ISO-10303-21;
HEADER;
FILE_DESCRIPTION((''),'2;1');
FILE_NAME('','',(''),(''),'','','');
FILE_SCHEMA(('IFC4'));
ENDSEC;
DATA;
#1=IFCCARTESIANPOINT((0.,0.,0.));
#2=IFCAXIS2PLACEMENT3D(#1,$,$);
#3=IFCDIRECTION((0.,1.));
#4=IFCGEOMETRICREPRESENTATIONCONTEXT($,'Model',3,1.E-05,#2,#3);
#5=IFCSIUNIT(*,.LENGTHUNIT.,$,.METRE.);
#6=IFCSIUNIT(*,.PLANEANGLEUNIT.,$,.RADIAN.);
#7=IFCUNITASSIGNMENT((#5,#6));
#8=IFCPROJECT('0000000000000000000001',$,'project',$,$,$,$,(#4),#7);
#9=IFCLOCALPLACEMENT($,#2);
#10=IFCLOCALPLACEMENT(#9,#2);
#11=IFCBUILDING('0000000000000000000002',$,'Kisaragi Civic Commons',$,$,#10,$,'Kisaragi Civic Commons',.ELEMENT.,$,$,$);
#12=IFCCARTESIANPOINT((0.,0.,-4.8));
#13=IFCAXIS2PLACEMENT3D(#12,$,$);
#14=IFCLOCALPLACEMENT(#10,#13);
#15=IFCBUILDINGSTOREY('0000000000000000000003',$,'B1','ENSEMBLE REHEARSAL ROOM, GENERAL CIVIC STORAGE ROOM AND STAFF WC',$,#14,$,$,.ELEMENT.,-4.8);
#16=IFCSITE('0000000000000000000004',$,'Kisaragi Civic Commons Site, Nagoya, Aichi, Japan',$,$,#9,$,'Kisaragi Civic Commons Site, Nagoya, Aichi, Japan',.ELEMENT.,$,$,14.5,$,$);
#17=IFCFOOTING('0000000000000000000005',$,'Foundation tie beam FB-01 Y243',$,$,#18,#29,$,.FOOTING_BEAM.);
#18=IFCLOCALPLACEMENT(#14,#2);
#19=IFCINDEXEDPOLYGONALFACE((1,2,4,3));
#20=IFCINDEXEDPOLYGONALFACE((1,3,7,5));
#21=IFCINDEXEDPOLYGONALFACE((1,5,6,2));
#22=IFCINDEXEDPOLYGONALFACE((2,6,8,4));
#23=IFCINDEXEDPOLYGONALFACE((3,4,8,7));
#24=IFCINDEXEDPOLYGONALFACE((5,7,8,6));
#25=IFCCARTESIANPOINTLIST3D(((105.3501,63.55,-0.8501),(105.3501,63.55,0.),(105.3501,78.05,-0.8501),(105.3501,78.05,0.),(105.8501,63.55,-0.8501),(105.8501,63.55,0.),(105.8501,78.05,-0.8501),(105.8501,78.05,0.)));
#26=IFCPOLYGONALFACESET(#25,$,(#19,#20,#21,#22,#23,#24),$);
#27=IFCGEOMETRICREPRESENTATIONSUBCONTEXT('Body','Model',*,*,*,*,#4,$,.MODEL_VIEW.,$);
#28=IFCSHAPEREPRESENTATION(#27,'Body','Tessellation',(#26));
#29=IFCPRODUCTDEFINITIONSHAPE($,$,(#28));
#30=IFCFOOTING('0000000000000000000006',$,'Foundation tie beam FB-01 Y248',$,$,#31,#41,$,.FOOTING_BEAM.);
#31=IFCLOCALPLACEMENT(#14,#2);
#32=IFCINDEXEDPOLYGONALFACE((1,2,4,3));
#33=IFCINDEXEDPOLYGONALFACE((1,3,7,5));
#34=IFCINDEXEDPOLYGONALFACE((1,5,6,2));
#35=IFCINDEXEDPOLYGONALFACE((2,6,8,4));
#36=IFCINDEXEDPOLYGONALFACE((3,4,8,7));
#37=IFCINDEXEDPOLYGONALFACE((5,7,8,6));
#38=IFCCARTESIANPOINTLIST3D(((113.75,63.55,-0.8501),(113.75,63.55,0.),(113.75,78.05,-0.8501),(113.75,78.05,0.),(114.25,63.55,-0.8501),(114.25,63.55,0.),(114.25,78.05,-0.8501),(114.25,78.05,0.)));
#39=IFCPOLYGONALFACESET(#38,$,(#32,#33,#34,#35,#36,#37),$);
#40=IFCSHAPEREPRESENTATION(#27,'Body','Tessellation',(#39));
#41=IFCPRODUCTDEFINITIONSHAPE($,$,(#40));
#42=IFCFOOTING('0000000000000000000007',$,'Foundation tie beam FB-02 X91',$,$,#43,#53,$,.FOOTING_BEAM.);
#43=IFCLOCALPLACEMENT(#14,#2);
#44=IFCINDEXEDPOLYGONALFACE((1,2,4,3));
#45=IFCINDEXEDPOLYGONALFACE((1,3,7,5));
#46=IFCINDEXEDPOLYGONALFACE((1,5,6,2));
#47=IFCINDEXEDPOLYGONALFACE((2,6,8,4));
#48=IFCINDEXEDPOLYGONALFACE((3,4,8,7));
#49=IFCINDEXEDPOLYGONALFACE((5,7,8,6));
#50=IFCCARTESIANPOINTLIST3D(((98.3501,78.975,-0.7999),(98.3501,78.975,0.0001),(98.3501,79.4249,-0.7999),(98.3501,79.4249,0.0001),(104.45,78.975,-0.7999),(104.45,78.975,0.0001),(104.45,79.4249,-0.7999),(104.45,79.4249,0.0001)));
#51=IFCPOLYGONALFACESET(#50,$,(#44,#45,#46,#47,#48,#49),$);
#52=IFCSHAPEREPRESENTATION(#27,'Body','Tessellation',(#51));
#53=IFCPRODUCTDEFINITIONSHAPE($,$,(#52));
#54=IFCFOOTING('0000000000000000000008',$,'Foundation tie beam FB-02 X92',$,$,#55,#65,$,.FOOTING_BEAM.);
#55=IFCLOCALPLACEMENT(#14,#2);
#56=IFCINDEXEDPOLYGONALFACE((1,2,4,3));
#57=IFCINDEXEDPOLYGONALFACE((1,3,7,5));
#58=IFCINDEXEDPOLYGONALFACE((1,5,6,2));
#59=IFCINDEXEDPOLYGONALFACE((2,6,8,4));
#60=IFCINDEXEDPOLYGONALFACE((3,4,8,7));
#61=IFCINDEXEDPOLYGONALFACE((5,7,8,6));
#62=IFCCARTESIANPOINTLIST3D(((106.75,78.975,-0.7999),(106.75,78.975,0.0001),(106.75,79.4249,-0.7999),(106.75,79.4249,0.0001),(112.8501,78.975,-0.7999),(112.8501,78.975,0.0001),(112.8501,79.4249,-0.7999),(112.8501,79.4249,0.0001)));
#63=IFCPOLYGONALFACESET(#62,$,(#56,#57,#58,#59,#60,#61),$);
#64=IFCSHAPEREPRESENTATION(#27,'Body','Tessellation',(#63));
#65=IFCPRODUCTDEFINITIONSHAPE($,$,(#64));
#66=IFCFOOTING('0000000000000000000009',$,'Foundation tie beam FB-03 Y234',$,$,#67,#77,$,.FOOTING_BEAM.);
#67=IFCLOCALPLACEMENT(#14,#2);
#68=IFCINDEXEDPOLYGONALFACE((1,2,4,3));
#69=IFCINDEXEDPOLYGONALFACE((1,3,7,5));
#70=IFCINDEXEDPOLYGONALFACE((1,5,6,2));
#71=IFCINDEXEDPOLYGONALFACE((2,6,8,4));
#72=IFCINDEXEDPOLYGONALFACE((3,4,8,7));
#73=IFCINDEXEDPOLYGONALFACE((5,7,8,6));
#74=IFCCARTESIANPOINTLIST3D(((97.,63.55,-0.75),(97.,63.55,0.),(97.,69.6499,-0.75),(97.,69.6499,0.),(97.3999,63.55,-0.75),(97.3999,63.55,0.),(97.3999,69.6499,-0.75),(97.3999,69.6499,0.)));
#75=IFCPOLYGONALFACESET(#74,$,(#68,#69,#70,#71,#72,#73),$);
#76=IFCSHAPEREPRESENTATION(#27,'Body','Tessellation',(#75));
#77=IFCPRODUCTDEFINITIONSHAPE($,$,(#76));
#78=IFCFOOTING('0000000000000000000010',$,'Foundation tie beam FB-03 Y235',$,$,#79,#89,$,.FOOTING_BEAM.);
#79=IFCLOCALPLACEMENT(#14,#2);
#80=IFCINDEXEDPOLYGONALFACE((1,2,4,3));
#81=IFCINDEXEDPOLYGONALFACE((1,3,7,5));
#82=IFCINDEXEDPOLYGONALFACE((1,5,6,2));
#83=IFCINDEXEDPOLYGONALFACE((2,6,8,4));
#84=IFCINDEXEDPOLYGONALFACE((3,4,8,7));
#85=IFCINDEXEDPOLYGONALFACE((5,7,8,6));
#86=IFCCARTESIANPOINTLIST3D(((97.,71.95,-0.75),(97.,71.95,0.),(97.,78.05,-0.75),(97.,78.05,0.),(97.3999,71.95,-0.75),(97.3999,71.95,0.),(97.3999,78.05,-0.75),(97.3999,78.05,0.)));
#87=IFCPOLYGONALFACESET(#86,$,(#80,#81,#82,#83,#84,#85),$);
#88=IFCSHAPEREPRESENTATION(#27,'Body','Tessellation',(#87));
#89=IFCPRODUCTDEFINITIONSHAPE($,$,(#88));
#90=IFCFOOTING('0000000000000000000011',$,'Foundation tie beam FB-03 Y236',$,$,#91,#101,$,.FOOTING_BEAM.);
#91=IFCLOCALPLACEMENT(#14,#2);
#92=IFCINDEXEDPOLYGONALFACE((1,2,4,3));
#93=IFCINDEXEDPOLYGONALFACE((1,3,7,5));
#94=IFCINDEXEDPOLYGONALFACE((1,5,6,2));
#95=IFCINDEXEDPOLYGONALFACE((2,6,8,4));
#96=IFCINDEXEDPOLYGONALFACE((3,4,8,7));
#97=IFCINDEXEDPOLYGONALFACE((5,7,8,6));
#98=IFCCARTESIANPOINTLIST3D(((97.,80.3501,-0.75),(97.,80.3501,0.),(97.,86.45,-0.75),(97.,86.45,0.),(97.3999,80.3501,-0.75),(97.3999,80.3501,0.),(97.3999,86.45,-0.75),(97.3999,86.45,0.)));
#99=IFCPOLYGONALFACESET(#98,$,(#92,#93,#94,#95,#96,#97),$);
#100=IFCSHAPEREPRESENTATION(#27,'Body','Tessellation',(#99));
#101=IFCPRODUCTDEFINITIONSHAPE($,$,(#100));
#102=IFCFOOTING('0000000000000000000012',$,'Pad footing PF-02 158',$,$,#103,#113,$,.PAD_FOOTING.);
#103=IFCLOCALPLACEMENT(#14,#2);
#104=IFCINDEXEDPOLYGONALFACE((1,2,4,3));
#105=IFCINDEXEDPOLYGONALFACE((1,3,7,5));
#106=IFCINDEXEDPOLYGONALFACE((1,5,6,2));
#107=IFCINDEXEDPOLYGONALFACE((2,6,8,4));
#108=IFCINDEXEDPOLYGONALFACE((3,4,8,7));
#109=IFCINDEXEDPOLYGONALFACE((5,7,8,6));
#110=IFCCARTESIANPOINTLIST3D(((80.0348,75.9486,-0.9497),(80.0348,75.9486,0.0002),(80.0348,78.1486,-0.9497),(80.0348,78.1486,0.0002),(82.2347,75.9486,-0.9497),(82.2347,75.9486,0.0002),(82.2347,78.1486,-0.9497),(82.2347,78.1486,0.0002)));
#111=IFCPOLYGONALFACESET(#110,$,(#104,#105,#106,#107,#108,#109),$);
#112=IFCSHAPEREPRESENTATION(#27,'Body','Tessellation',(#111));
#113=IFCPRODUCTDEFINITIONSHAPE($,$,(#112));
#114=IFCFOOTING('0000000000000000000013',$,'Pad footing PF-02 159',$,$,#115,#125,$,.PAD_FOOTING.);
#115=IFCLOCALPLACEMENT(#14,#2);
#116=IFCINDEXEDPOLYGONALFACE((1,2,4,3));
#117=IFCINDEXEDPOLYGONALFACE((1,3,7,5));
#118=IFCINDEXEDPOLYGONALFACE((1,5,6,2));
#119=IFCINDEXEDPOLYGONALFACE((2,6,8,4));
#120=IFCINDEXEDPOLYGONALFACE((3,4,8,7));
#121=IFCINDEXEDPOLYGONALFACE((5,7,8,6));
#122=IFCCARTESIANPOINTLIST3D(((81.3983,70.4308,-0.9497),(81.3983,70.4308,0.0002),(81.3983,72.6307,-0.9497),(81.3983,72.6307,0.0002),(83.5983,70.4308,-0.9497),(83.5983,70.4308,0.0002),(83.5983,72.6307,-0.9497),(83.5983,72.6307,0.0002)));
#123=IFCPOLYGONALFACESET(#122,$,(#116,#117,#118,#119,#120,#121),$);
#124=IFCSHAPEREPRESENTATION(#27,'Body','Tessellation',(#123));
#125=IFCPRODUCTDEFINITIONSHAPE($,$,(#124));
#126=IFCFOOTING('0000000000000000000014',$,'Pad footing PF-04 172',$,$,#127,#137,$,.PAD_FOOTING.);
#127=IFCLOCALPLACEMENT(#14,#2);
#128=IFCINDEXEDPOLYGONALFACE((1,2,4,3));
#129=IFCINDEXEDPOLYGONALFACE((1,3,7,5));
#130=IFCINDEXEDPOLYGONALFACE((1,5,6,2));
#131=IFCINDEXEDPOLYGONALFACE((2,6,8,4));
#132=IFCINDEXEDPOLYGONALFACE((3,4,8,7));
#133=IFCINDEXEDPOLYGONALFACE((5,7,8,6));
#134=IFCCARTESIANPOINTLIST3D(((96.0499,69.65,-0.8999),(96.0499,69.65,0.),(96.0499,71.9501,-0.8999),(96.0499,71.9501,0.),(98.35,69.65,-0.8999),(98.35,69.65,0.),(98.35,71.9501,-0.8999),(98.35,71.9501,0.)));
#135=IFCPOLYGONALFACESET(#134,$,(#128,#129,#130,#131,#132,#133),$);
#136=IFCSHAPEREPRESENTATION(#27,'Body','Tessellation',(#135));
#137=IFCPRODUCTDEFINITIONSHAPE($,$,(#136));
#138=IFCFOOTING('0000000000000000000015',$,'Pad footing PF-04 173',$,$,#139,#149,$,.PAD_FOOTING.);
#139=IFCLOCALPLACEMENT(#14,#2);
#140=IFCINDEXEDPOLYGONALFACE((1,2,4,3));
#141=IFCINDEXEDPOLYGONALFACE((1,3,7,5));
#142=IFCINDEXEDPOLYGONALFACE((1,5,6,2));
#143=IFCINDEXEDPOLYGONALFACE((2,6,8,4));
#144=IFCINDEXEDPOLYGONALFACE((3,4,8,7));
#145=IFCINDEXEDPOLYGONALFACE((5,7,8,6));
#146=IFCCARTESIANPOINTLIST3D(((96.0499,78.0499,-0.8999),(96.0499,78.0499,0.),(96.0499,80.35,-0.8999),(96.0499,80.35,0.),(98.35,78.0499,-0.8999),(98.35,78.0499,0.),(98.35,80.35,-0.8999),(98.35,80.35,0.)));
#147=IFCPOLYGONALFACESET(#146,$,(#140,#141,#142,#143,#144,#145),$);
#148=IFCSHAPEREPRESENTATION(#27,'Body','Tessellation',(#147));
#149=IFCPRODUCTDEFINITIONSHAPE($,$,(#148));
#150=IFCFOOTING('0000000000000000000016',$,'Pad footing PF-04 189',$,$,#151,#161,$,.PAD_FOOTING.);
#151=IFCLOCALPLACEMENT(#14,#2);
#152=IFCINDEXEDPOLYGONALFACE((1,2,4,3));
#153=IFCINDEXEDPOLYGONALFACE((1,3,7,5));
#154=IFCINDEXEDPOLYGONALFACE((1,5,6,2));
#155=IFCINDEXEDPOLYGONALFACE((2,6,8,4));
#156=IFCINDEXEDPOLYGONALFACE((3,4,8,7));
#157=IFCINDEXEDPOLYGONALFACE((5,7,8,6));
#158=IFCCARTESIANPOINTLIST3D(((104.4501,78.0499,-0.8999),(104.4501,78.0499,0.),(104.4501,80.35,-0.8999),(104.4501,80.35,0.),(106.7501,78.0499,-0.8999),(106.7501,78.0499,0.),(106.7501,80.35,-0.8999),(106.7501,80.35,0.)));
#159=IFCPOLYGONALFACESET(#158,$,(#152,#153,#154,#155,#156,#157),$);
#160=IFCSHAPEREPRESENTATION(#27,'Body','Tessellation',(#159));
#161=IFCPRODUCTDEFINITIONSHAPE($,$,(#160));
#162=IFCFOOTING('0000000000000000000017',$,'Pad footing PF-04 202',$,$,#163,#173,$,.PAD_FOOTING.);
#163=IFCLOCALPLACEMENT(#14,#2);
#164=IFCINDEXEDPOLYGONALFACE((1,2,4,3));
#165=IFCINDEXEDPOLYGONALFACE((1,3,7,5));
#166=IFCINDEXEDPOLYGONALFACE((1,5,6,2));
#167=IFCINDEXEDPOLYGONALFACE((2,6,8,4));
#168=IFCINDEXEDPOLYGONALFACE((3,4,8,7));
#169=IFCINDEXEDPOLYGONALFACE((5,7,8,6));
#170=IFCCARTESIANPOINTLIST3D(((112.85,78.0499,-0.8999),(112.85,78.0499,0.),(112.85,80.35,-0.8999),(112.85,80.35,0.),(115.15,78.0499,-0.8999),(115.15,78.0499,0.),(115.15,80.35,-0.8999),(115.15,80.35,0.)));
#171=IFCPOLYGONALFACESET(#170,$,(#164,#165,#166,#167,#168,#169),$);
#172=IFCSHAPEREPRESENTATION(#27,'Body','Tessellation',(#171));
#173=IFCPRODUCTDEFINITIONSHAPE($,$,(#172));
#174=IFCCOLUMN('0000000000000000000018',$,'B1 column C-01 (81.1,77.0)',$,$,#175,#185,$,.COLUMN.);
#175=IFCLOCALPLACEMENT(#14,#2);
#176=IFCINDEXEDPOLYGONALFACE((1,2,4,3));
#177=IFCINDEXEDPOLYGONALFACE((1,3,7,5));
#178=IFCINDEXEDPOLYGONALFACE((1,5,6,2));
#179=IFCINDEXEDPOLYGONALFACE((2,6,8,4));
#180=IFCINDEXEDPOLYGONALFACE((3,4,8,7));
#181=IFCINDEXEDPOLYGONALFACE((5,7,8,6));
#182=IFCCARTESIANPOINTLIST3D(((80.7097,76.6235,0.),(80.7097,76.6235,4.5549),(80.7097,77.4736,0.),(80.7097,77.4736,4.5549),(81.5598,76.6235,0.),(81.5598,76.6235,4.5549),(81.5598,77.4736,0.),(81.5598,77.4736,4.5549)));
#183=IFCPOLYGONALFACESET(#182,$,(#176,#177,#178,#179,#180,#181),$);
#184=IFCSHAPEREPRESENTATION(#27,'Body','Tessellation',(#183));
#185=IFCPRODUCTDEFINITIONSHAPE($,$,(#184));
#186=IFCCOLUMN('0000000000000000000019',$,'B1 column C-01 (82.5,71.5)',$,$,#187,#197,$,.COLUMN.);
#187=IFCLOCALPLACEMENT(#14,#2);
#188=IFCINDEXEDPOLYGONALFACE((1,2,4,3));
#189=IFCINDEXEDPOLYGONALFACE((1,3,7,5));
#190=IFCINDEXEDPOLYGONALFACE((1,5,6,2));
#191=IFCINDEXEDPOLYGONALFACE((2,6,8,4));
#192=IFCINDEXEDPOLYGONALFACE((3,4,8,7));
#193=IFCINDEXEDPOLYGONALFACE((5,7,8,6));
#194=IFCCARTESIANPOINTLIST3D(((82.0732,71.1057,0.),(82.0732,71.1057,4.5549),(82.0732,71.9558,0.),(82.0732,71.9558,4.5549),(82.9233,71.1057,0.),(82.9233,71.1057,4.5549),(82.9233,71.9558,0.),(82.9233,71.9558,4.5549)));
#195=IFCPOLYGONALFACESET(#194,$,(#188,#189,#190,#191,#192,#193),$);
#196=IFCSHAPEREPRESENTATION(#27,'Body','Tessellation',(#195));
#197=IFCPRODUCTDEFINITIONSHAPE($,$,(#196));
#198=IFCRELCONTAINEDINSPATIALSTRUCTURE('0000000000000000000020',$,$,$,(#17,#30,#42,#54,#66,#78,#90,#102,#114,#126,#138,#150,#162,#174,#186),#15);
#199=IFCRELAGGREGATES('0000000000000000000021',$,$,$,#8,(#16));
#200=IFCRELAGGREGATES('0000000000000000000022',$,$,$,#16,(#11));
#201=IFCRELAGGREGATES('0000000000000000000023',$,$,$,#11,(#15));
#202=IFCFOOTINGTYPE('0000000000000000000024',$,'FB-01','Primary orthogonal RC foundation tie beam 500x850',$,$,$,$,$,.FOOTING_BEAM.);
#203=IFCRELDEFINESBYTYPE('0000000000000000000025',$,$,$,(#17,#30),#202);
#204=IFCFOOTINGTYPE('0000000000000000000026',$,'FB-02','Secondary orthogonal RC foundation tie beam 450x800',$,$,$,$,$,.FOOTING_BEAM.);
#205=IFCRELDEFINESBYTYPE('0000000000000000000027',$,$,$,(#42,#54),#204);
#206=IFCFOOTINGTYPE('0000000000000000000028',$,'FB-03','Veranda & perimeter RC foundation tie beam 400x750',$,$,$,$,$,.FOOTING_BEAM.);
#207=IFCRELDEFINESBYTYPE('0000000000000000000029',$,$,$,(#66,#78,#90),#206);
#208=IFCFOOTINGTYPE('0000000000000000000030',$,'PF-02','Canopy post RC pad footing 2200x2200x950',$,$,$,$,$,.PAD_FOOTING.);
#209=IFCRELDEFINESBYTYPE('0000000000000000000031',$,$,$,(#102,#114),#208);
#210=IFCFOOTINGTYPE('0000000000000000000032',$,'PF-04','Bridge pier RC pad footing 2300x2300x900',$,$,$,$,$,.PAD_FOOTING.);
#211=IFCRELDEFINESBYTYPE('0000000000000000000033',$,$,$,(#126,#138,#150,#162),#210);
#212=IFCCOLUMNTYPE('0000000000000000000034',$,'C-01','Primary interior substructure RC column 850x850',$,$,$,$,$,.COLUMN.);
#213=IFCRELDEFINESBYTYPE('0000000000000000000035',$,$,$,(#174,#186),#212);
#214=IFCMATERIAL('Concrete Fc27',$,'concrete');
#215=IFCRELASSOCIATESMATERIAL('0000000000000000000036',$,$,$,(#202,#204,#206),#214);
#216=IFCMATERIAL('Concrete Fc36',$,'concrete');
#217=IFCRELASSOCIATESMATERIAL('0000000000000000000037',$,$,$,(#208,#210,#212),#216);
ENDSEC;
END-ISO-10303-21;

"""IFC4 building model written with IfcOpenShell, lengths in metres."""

from ifc_helpers import new_model, si_unit, direction, frame, origin, origin_2d, place, context, subcontext, project, spatial, rectangle, extrude, material, material_profile, profile_set, type_object, element, save


model = new_model("IFC4")

# Units and contexts
model_context = context("Model", 3, precision=1e-05, world=origin(), true_north=direction((0.0, 1.0)))
body_context = subcontext(model_context, "Body", "Model", "MODEL_VIEW")
ifc_project = project(units=[si_unit("LENGTHUNIT", "METRE"), si_unit("PLANEANGLEUNIT", "RADIAN")], contexts=[model_context])

# Site, building, storey
site_placement = place(None, origin())
site = spatial("IfcSite", under=ifc_project, at=site_placement, Name="Kisaragi Civic Commons Site, Nagoya, Aichi, Japan", LongName="Kisaragi Civic Commons Site, Nagoya, Aichi, Japan", CompositionType="ELEMENT", RefElevation=14.5)
building_placement = place(site_placement, origin())
building = spatial("IfcBuilding", under=site, at=building_placement, Name="Kisaragi Civic Commons", LongName="Kisaragi Civic Commons", CompositionType="ELEMENT")
storey_placement = place(building_placement, frame((0.0, 0.0, -4.8)))
storey = spatial("IfcBuildingStorey", under=building, at=storey_placement, Name="B1", Description="ENSEMBLE REHEARSAL ROOM, GENERAL CIVIC STORAGE ROOM AND STAFF WC", CompositionType="ELEMENT", Elevation=-4.8)

# Footings
ifc_material_1 = material(Name="Concrete Fc27", Category="concrete")
ifc_material_profile_1 = material_profile(ifc_material_1, rectangle(XDim=0.5, YDim=0.8501, at=origin_2d()), Name="RC-500x850", Category="concrete")
ifc_profile_set_1 = profile_set([ifc_material_profile_1], Name="Concrete Fc27")
footing_type_1 = type_object("IfcFootingType", Name="FB-01", Description="Primary orthogonal RC foundation tie beam 500x850", PredefinedType="FOOTING_BEAM", material=ifc_profile_set_1)
for number, where, z_axis, x_axis, name in (
    (1, (105.6001, 63.55, -0.425), (0.0, 1.0, 0.0), (-1.0, 0.0, 0.0), "Foundation tie beam FB-01 Y243"),
    (2, (114.0, 63.55, -0.425), (0.0, 1.0, 0.0), (-1.0, 0.0, 0.0), "Foundation tie beam FB-01 Y248"),
):
    element("IfcFooting", number, at=place(storey_placement, frame(where, z_axis=z_axis, x_axis=x_axis)), inside=storey, type_object=footing_type_1, Name=name, PredefinedType="FOOTING_BEAM", context=body_context, shape_type="SweptSolid", body=[
        extrude(rectangle(XDim=0.5, YDim=0.8501, at=origin_2d()), origin(), (0.0, 0.0, 1.0), 14.5),
    ])
ifc_material_profile_2 = material_profile(ifc_material_1, rectangle(XDim=0.45, YDim=0.8, at=origin_2d()), Name="RC-450x800", Category="concrete")
ifc_profile_set_2 = profile_set([ifc_material_profile_2], Name="Concrete Fc27")
footing_type_2 = type_object("IfcFootingType", Name="FB-02", Description="Secondary orthogonal RC foundation tie beam 450x800", PredefinedType="FOOTING_BEAM", material=ifc_profile_set_2)
footing_1_placement = place(storey_placement, frame((98.3501, 79.2, -0.3999), z_axis=(1.0, 0.0, 0.0), x_axis=(0.0, 1.0, 0.0)))
element("IfcFooting", 3, at=footing_1_placement, inside=storey, type_object=footing_type_2, Name="Foundation tie beam FB-02 X91", PredefinedType="FOOTING_BEAM", context=body_context, shape_type="SweptSolid", body=[
    extrude(rectangle(XDim=0.45, YDim=0.8, at=origin_2d()), origin(), (0.0, 0.0, 1.0), 6.0999),
])
footing_2_placement = place(storey_placement, frame((106.75, 79.2, -0.3999), z_axis=(1.0, 0.0, 0.0), x_axis=(0.0, 1.0, 0.0)))
element("IfcFooting", 4, at=footing_2_placement, inside=storey, type_object=footing_type_2, Name="Foundation tie beam FB-02 X92", PredefinedType="FOOTING_BEAM", context=body_context, shape_type="SweptSolid", body=[
    extrude(rectangle(XDim=0.45, YDim=0.8, at=origin_2d()), origin(), (0.0, 0.0, 1.0), 6.1001),
])
ifc_material_profile_3 = material_profile(ifc_material_1, rectangle(XDim=0.3999, YDim=0.75, at=origin_2d()), Name="RC-400x750", Category="concrete")
ifc_profile_set_3 = profile_set([ifc_material_profile_3], Name="Concrete Fc27")
footing_type_3 = type_object("IfcFootingType", Name="FB-03", Description="Veranda & perimeter RC foundation tie beam 400x750", PredefinedType="FOOTING_BEAM", material=ifc_profile_set_3)
footing_3_placement = place(storey_placement, frame((97.2, 63.55, -0.375), z_axis=(0.0, 1.0, 0.0), x_axis=(-1.0, 0.0, 0.0)))
element("IfcFooting", 5, at=footing_3_placement, inside=storey, type_object=footing_type_3, Name="Foundation tie beam FB-03 Y234", PredefinedType="FOOTING_BEAM", context=body_context, shape_type="SweptSolid", body=[
    extrude(rectangle(XDim=0.3999, YDim=0.75, at=origin_2d()), origin(), (0.0, 0.0, 1.0), 6.0999),
])
footing_4_placement = place(storey_placement, frame((97.2, 71.95, -0.375), z_axis=(0.0, 1.0, 0.0), x_axis=(-1.0, 0.0, 0.0)))
element("IfcFooting", 6, at=footing_4_placement, inside=storey, type_object=footing_type_3, Name="Foundation tie beam FB-03 Y235", PredefinedType="FOOTING_BEAM", context=body_context, shape_type="SweptSolid", body=[
    extrude(rectangle(XDim=0.3999, YDim=0.75, at=origin_2d()), origin(), (0.0, 0.0, 1.0), 6.1001),
])
footing_5_placement = place(storey_placement, frame((97.2, 80.3501, -0.375), z_axis=(0.0, 1.0, 0.0), x_axis=(-1.0, 0.0, 0.0)))
element("IfcFooting", 7, at=footing_5_placement, inside=storey, type_object=footing_type_3, Name="Foundation tie beam FB-03 Y236", PredefinedType="FOOTING_BEAM", context=body_context, shape_type="SweptSolid", body=[
    extrude(rectangle(XDim=0.3999, YDim=0.75, at=origin_2d()), origin(), (0.0, 0.0, 1.0), 6.0999),
])
ifc_material_2 = material(Name="Concrete Fc36", Category="concrete")
footing_type_4 = type_object("IfcFootingType", Name="PF-02", Description="Canopy post RC pad footing 2200x2200x950", PredefinedType="PAD_FOOTING", material=ifc_material_2)
for number, where, z_axis, x_axis, name in (
    (8, (81.1348, 77.0486, -0.9497), (0.0, 0.0, 1.0), (1.0, 0.0, 0.0), "Pad footing PF-02 158"),
    (9, (82.4983, 71.5308, -0.9497), (0.0, 0.0, 1.0), (1.0, 0.0, 0.0), "Pad footing PF-02 159"),
):
    element("IfcFooting", number, at=place(storey_placement, frame(where, z_axis=z_axis, x_axis=x_axis)), inside=storey, type_object=footing_type_4, Name=name, PredefinedType="PAD_FOOTING", context=body_context, shape_type="SweptSolid", body=[
        extrude(rectangle(XDim=2.2, YDim=2.2, at=origin_2d()), origin(), (0.0, 0.0, 1.0), 0.95),
    ])
footing_type_5 = type_object("IfcFootingType", Name="PF-04", Description="Bridge pier RC pad footing 2300x2300x900", PredefinedType="PAD_FOOTING", material=ifc_material_2)
for number, where, z_axis, x_axis, name in (
    (10, (97.2, 70.8, -0.8999), (0.0, 0.0, 1.0), (1.0, 0.0, 0.0), "Pad footing PF-04 172"),
    (11, (97.2, 79.2, -0.8999), (0.0, 0.0, 1.0), (1.0, 0.0, 0.0), "Pad footing PF-04 173"),
    (12, (105.6001, 79.2, -0.8999), (0.0, 0.0, 1.0), (1.0, 0.0, 0.0), "Pad footing PF-04 189"),
    (13, (114.0, 79.2, -0.8999), (0.0, 0.0, 1.0), (1.0, 0.0, 0.0), "Pad footing PF-04 202"),
):
    element("IfcFooting", number, at=place(storey_placement, frame(where, z_axis=z_axis, x_axis=x_axis)), inside=storey, type_object=footing_type_5, Name=name, PredefinedType="PAD_FOOTING", context=body_context, shape_type="SweptSolid", body=[
        extrude(rectangle(XDim=2.3, YDim=2.3, at=origin_2d()), origin(), (0.0, 0.0, 1.0), 0.8999),
    ])

# Columns
ifc_material_profile_4 = material_profile(ifc_material_2, rectangle(XDim=0.8501, YDim=0.8501, at=origin_2d()), Name="RC-850x850", Category="concrete")
ifc_profile_set_4 = profile_set([ifc_material_profile_4], Name="Concrete Fc36")
column_type_1 = type_object("IfcColumnType", Name="C-01", Description="Primary interior substructure RC column 850x850", PredefinedType="COLUMN", material=ifc_profile_set_4)
for number, where, z_axis, x_axis, name in (
    (14, (81.1348, 77.0486, 0.0), (0.0, 0.0, 1.0), (1.0, 0.0, 0.0), "B1 column C-01 (81.1,77.0)"),
    (15, (82.4983, 71.5308, 0.0), (0.0, 0.0, 1.0), (1.0, 0.0, 0.0), "B1 column C-01 (82.5,71.5)"),
):
    element("IfcColumn", number, at=place(storey_placement, frame(where, z_axis=z_axis, x_axis=x_axis)), inside=storey, type_object=column_type_1, Name=name, PredefinedType="COLUMN", context=body_context, shape_type="SweptSolid", body=[
        extrude(rectangle(XDim=0.8501, YDim=0.8501, at=origin_2d()), origin(), (0.0, 0.0, 1.0), 4.5549),
    ])

save(model, "model.ifc")
